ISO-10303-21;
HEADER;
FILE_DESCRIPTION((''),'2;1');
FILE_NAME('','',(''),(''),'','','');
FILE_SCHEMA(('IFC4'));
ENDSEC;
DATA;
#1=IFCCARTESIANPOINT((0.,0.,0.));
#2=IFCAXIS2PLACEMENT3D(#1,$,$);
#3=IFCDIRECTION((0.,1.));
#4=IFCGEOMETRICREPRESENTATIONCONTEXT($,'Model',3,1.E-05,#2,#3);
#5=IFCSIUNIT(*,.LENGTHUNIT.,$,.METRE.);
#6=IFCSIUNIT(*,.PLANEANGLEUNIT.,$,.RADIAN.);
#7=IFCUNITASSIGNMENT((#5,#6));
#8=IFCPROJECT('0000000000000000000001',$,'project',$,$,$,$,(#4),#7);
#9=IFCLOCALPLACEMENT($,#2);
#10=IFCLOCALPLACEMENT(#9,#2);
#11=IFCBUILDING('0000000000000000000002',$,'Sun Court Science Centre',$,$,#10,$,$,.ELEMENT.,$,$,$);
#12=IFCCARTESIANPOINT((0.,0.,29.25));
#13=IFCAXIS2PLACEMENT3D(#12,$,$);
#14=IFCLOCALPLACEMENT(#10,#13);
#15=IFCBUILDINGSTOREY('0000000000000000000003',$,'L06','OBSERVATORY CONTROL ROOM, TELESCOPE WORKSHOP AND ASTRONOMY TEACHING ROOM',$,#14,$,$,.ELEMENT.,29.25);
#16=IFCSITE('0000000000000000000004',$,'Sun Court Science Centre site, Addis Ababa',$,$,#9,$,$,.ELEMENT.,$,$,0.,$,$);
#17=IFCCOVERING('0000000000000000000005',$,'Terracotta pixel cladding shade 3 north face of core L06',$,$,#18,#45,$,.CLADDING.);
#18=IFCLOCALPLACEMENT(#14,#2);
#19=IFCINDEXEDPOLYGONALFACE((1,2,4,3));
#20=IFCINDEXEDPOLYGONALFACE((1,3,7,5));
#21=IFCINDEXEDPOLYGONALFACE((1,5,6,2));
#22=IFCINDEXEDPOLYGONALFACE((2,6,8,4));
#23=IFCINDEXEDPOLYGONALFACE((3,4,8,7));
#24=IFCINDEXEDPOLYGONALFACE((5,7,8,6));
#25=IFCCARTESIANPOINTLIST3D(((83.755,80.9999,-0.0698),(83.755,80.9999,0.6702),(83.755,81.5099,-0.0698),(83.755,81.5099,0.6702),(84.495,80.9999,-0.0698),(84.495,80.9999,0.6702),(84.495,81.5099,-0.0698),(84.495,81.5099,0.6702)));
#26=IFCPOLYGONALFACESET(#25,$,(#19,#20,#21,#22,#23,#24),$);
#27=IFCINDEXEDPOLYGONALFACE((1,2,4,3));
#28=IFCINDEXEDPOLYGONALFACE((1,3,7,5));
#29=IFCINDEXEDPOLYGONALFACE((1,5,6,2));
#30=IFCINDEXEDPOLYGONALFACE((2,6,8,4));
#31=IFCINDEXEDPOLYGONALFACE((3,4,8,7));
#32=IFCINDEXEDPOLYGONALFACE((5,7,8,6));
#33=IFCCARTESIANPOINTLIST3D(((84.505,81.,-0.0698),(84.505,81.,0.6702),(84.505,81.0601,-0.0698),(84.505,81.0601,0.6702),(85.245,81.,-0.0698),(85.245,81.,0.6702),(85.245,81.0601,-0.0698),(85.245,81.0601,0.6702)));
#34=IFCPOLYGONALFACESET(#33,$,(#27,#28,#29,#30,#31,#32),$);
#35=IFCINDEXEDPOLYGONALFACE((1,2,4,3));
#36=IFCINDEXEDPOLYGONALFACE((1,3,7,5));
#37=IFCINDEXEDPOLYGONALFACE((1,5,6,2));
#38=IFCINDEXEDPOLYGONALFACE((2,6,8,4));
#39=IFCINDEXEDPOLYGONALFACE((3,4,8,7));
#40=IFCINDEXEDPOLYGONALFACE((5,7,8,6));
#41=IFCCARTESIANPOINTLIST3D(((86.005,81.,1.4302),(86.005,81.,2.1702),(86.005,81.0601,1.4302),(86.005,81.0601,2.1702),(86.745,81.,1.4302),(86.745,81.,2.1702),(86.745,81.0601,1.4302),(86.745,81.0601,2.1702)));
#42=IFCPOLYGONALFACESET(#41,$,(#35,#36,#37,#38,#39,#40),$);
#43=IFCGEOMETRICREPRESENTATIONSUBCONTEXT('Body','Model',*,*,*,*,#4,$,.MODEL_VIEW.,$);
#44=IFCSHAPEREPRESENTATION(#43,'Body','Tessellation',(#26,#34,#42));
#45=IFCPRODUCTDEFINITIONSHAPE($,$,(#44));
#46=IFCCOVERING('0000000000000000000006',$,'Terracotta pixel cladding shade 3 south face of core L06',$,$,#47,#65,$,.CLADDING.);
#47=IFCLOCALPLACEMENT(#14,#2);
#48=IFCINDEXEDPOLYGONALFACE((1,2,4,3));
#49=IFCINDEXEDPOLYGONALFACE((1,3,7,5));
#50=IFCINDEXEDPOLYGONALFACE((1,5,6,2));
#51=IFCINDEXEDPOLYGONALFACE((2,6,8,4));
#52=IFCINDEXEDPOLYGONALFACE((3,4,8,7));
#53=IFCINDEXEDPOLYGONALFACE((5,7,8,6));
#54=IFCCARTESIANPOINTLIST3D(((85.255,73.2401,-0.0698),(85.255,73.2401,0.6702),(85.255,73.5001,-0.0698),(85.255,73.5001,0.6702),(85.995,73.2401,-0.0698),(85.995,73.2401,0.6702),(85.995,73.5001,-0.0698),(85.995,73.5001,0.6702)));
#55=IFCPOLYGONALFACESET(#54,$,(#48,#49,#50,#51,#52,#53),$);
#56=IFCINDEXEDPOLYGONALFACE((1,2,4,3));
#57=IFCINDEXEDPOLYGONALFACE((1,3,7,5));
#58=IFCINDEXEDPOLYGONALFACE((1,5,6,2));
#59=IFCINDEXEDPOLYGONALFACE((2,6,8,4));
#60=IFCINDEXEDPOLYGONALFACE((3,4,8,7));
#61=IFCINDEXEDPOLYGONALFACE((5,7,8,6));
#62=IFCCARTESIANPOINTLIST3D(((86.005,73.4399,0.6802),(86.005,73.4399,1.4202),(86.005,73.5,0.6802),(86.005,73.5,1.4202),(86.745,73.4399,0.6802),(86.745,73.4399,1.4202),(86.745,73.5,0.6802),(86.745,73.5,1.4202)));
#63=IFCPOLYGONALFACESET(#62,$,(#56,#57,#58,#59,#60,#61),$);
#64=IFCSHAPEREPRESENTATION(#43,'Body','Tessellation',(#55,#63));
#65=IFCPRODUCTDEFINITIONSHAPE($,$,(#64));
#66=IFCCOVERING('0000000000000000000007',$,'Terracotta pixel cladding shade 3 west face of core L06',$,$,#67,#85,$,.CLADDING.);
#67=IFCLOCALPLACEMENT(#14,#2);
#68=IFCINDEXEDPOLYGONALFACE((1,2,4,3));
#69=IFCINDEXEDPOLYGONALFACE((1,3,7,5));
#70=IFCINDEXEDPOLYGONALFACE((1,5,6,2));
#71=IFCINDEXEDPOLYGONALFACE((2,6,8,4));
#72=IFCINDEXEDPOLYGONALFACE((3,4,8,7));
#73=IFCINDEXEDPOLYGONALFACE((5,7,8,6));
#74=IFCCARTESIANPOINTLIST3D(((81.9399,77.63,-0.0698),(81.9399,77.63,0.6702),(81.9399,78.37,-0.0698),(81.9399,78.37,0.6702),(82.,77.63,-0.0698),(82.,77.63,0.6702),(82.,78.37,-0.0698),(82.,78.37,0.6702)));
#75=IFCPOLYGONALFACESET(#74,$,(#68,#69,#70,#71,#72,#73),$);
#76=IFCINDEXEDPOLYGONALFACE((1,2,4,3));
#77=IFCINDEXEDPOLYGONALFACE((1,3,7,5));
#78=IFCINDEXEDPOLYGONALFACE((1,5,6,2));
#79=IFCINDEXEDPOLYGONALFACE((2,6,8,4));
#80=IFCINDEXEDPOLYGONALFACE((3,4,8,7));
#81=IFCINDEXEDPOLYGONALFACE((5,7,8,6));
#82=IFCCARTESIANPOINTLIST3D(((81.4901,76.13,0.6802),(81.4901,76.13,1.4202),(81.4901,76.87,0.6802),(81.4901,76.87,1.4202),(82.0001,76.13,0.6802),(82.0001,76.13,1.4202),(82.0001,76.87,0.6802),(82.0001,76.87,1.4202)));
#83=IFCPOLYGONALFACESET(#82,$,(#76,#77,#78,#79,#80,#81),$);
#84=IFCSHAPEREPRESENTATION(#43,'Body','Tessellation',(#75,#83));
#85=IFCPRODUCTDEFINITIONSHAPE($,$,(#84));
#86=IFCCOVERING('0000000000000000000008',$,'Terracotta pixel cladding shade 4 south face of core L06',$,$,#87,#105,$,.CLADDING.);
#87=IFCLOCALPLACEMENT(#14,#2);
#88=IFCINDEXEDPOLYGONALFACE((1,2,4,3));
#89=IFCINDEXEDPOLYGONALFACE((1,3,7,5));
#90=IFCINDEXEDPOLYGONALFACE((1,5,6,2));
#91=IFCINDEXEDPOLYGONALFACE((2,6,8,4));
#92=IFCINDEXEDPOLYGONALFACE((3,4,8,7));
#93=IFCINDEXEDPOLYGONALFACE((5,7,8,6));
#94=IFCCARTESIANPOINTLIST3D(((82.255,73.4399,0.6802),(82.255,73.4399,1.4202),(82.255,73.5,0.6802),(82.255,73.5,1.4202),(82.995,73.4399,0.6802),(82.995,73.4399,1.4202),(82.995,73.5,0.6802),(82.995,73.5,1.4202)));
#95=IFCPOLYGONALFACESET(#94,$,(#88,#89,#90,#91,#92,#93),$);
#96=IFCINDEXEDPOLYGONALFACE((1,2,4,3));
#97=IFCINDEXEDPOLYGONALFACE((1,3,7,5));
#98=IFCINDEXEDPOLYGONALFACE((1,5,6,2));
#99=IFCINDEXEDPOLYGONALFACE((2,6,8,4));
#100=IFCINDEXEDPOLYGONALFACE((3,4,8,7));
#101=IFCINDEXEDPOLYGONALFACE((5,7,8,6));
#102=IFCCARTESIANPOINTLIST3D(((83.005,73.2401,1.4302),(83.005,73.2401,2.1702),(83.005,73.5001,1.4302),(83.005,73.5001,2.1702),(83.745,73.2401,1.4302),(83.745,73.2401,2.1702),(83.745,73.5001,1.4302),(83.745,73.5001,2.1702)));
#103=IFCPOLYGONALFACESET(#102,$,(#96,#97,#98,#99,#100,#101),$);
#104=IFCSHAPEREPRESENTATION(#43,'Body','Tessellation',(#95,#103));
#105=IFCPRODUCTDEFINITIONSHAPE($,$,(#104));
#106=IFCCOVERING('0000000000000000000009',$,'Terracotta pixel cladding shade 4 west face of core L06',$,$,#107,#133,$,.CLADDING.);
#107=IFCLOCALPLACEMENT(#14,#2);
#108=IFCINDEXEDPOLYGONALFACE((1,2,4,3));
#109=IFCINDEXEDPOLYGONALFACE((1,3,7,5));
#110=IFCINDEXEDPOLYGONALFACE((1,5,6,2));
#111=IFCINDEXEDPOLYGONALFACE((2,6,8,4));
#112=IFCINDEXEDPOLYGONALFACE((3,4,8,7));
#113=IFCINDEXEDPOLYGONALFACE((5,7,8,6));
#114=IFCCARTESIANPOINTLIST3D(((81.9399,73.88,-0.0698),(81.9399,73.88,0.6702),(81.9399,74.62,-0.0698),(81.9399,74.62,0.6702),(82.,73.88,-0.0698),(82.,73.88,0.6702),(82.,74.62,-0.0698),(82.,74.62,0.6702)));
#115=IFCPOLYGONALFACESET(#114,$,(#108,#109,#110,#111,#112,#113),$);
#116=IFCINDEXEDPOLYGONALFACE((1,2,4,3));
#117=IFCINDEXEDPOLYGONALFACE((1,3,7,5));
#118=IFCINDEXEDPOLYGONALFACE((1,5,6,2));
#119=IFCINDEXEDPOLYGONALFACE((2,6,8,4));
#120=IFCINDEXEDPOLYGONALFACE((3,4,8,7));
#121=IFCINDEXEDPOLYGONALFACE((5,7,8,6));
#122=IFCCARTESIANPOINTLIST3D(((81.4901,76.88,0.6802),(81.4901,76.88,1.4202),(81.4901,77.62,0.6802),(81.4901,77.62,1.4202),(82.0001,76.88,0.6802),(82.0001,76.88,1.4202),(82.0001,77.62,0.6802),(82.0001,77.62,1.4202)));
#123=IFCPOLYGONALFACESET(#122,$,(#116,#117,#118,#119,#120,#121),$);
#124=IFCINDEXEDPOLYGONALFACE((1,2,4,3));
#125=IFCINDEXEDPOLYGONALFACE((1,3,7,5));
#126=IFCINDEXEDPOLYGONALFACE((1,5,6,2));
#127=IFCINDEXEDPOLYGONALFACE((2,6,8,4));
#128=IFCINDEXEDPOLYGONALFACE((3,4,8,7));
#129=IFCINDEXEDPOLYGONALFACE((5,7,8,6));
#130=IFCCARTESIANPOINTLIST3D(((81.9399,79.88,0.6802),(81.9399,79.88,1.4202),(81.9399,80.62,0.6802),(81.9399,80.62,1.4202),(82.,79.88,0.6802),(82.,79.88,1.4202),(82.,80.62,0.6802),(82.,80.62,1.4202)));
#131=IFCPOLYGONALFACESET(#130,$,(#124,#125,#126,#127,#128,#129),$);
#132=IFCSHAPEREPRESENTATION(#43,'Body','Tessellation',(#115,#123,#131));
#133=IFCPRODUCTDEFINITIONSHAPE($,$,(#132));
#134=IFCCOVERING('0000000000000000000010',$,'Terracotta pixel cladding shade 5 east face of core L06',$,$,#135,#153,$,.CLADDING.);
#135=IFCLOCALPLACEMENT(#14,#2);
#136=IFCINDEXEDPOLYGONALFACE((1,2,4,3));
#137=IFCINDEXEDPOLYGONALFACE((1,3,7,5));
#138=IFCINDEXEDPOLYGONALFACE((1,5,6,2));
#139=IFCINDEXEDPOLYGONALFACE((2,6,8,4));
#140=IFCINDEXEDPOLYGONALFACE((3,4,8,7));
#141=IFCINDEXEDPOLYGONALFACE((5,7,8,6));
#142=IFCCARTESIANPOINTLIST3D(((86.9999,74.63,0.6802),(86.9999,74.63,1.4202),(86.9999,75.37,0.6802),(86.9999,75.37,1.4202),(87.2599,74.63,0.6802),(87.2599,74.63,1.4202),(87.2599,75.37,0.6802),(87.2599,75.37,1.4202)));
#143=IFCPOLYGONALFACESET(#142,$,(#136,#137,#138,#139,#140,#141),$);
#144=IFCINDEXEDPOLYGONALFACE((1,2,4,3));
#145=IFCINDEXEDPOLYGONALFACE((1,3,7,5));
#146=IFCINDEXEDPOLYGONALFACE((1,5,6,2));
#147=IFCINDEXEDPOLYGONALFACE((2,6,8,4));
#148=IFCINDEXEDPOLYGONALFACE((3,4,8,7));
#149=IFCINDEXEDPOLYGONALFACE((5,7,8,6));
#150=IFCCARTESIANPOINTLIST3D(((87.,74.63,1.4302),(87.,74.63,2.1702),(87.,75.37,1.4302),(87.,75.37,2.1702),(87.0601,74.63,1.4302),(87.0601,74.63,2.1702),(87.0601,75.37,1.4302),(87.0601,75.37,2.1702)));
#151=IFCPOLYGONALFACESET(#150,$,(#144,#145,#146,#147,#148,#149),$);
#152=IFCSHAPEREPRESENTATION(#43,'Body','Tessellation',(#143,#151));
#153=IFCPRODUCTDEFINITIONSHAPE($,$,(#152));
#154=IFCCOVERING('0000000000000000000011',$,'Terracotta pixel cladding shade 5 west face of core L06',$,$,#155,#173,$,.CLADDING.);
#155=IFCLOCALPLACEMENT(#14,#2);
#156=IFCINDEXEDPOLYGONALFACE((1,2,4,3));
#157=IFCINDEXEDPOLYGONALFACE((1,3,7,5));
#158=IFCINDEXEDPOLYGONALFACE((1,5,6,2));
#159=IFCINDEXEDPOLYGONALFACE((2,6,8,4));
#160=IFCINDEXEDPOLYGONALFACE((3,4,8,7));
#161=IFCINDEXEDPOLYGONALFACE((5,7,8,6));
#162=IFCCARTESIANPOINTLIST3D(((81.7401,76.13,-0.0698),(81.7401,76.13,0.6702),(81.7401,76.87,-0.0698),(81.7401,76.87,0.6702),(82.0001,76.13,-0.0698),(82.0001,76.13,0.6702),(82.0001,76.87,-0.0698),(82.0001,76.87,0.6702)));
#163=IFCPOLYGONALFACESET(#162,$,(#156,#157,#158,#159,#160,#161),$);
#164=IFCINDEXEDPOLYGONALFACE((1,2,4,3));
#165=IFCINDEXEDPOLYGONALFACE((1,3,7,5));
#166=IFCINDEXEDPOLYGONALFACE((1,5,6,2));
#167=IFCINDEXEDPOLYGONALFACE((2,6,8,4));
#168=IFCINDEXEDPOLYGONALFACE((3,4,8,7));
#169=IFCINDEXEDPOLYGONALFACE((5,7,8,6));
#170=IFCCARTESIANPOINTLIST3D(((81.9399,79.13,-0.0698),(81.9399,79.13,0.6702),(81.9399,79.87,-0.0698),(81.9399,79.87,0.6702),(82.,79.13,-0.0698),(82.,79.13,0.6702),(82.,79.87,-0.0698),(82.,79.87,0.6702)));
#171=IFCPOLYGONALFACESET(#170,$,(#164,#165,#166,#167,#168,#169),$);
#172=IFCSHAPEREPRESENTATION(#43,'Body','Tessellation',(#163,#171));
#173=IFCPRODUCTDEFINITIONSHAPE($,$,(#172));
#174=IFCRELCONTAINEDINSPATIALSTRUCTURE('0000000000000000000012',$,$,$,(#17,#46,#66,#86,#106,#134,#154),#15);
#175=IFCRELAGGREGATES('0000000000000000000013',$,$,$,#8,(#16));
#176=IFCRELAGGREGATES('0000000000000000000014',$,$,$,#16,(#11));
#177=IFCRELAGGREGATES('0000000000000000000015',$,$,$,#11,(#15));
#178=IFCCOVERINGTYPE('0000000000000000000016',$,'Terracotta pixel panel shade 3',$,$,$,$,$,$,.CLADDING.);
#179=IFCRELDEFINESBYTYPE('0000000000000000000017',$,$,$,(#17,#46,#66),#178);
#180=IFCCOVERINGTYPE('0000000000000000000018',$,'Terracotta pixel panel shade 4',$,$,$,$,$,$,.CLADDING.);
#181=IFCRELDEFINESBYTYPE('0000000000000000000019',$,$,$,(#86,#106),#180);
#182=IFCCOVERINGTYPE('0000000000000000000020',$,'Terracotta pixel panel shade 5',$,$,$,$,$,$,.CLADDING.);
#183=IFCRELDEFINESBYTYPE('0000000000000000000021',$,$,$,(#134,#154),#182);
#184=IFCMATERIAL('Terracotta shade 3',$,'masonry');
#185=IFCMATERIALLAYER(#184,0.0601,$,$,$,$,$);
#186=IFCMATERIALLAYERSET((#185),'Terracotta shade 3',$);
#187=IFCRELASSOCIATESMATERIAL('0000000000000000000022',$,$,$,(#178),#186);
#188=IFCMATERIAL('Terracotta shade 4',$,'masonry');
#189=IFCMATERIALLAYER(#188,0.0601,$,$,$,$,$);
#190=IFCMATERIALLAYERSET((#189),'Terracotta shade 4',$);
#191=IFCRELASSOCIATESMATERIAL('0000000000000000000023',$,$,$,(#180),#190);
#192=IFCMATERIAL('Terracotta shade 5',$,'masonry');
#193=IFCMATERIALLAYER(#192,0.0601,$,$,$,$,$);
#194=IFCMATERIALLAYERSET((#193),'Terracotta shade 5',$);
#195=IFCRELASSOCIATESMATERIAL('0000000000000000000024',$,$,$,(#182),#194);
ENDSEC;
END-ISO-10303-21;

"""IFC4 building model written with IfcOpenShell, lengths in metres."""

from ifc_helpers import new_model, si_unit, direction, frame, origin, origin_2d, place, context, subcontext, project, spatial, rectangle, extrude, material, layer, layer_set, type_object, element, save


model = new_model("IFC4")

# Units and contexts
model_context = context("Model", 3, precision=1e-05, world=origin(), true_north=direction((0.0, 1.0)))
body_context = subcontext(model_context, "Body", "Model", "MODEL_VIEW")
ifc_project = project(units=[si_unit("LENGTHUNIT", "METRE"), si_unit("PLANEANGLEUNIT", "RADIAN")], contexts=[model_context])

# Site, building, storey
site_placement = place(None, origin())
site = spatial("IfcSite", under=ifc_project, at=site_placement, Name="Sun Court Science Centre site, Addis Ababa", CompositionType="ELEMENT", RefElevation=0.0)
building_placement = place(site_placement, origin())
building = spatial("IfcBuilding", under=site, at=building_placement, Name="Sun Court Science Centre", CompositionType="ELEMENT")
storey_placement = place(building_placement, frame((0.0, 0.0, 29.25)))
storey = spatial("IfcBuildingStorey", under=building, at=storey_placement, Name="L06", Description="OBSERVATORY CONTROL ROOM, TELESCOPE WORKSHOP AND ASTRONOMY TEACHING ROOM", CompositionType="ELEMENT", Elevation=29.25)

# Coverings
ifc_material_1 = material(Name="Terracotta shade 3", Category="masonry")
ifc_layer_1 = layer(ifc_material_1, 0.0601)
ifc_layer_set_1 = layer_set([ifc_layer_1], Name="Terracotta shade 3")
covering_type_1 = type_object("IfcCoveringType", Name="Terracotta pixel panel shade 3", PredefinedType="CLADDING", material=ifc_layer_set_1)
covering_1_placement = place(storey_placement, frame((0.0, 0.0, -29.25)))
element("IfcCovering", 1, at=covering_1_placement, inside=storey, type_object=covering_type_1, Name="Terracotta pixel cladding shade 3 north face of core L06", PredefinedType="CLADDING", context=body_context, shape_type="SweptSolid", body=[
    extrude(rectangle(XDim=0.74, YDim=0.51, at=origin_2d()), frame((84.125, 81.2549, 29.1802), z_axis=(0.0, 0.0, 1.0), x_axis=(1.0, 0.0, 0.0)), (0.0, 0.0, 1.0), 0.74),
    extrude(rectangle(XDim=0.74, YDim=0.0601, at=origin_2d()), frame((84.875, 81.03, 29.1802), z_axis=(0.0, 0.0, 1.0), x_axis=(1.0, 0.0, 0.0)), (0.0, 0.0, 1.0), 0.74),
    extrude(rectangle(XDim=0.74, YDim=0.0601, at=origin_2d()), frame((86.375, 81.03, 30.6802), z_axis=(0.0, 0.0, 1.0), x_axis=(1.0, 0.0, 0.0)), (0.0, 0.0, 1.0), 0.74),
])
covering_2_placement = place(storey_placement, frame((0.0, 0.0, -29.25)))
element("IfcCovering", 2, at=covering_2_placement, inside=storey, type_object=covering_type_1, Name="Terracotta pixel cladding shade 3 south face of core L06", PredefinedType="CLADDING", context=body_context, shape_type="SweptSolid", body=[
    extrude(rectangle(XDim=0.74, YDim=0.26, at=origin_2d()), frame((85.625, 73.3701, 29.1802), z_axis=(0.0, 0.0, 1.0), x_axis=(-1.0, 0.0, 0.0)), (0.0, 0.0, 1.0), 0.74),
    extrude(rectangle(XDim=0.74, YDim=0.0601, at=origin_2d()), frame((86.375, 73.47, 29.9302), z_axis=(0.0, 0.0, 1.0), x_axis=(-1.0, 0.0, 0.0)), (0.0, 0.0, 1.0), 0.74),
])
covering_3_placement = place(storey_placement, frame((0.0, 0.0, -29.25)))
element("IfcCovering", 3, at=covering_3_placement, inside=storey, type_object=covering_type_1, Name="Terracotta pixel cladding shade 3 west face of core L06", PredefinedType="CLADDING", context=body_context, shape_type="SweptSolid", body=[
    extrude(rectangle(XDim=0.74, YDim=0.0601, at=origin_2d()), frame((81.97, 78.0, 29.1802), z_axis=(0.0, 0.0, 1.0), x_axis=(0.0, 1.0, 0.0)), (0.0, 0.0, 1.0), 0.74),
    extrude(rectangle(XDim=0.74, YDim=0.51, at=origin_2d()), frame((81.7451, 76.5, 29.9302), z_axis=(0.0, 0.0, 1.0), x_axis=(0.0, 1.0, 0.0)), (0.0, 0.0, 1.0), 0.74),
])
ifc_material_2 = material(Name="Terracotta shade 4", Category="masonry")
ifc_layer_2 = layer(ifc_material_2, 0.0601)
ifc_layer_set_2 = layer_set([ifc_layer_2], Name="Terracotta shade 4")
covering_type_2 = type_object("IfcCoveringType", Name="Terracotta pixel panel shade 4", PredefinedType="CLADDING", material=ifc_layer_set_2)
covering_4_placement = place(storey_placement, frame((0.0, 0.0, -29.25)))
element("IfcCovering", 4, at=covering_4_placement, inside=storey, type_object=covering_type_2, Name="Terracotta pixel cladding shade 4 south face of core L06", PredefinedType="CLADDING", context=body_context, shape_type="SweptSolid", body=[
    extrude(rectangle(XDim=0.74, YDim=0.0601, at=origin_2d()), frame((82.625, 73.47, 29.9302), z_axis=(0.0, 0.0, 1.0), x_axis=(-1.0, 0.0, 0.0)), (0.0, 0.0, 1.0), 0.74),
    extrude(rectangle(XDim=0.74, YDim=0.26, at=origin_2d()), frame((83.375, 73.3701, 30.6802), z_axis=(0.0, 0.0, 1.0), x_axis=(-1.0, 0.0, 0.0)), (0.0, 0.0, 1.0), 0.74),
])
covering_5_placement = place(storey_placement, frame((0.0, 0.0, -29.25)))
element("IfcCovering", 5, at=covering_5_placement, inside=storey, type_object=covering_type_2, Name="Terracotta pixel cladding shade 4 west face of core L06", PredefinedType="CLADDING", context=body_context, shape_type="SweptSolid", body=[
    extrude(rectangle(XDim=0.74, YDim=0.0601, at=origin_2d()), frame((81.97, 74.25, 29.1802), z_axis=(0.0, 0.0, 1.0), x_axis=(0.0, 1.0, 0.0)), (0.0, 0.0, 1.0), 0.74),
    extrude(rectangle(XDim=0.74, YDim=0.51, at=origin_2d()), frame((81.7451, 77.25, 29.9302), z_axis=(0.0, 0.0, 1.0), x_axis=(0.0, 1.0, 0.0)), (0.0, 0.0, 1.0), 0.74),
    extrude(rectangle(XDim=0.74, YDim=0.0601, at=origin_2d()), frame((81.97, 80.25, 29.9302), z_axis=(0.0, 0.0, 1.0), x_axis=(0.0, 1.0, 0.0)), (0.0, 0.0, 1.0), 0.74),
])
ifc_material_3 = material(Name="Terracotta shade 5", Category="masonry")
ifc_layer_3 = layer(ifc_material_3, 0.0601)
ifc_layer_set_3 = layer_set([ifc_layer_3], Name="Terracotta shade 5")
covering_type_3 = type_object("IfcCoveringType", Name="Terracotta pixel panel shade 5", PredefinedType="CLADDING", material=ifc_layer_set_3)
covering_6_placement = place(storey_placement, frame((0.0, 0.0, -29.25)))
element("IfcCovering", 6, at=covering_6_placement, inside=storey, type_object=covering_type_3, Name="Terracotta pixel cladding shade 5 east face of core L06", PredefinedType="CLADDING", context=body_context, shape_type="SweptSolid", body=[
    extrude(rectangle(XDim=0.74, YDim=0.26, at=origin_2d()), frame((87.1299, 75.0, 29.9302), z_axis=(0.0, 0.0, 1.0), x_axis=(0.0, -1.0, 0.0)), (0.0, 0.0, 1.0), 0.74),
    extrude(rectangle(XDim=0.74, YDim=0.0601, at=origin_2d()), frame((87.03, 75.0, 30.6802), z_axis=(0.0, 0.0, 1.0), x_axis=(0.0, -1.0, 0.0)), (0.0, 0.0, 1.0), 0.74),
])
covering_7_placement = place(storey_placement, frame((0.0, 0.0, -29.25)))
element("IfcCovering", 7, at=covering_7_placement, inside=storey, type_object=covering_type_3, Name="Terracotta pixel cladding shade 5 west face of core L06", PredefinedType="CLADDING", context=body_context, shape_type="SweptSolid", body=[
    extrude(rectangle(XDim=0.74, YDim=0.26, at=origin_2d()), frame((81.8701, 76.5, 29.1802), z_axis=(0.0, 0.0, 1.0), x_axis=(0.0, 1.0, 0.0)), (0.0, 0.0, 1.0), 0.74),
    extrude(rectangle(XDim=0.74, YDim=0.0601, at=origin_2d()), frame((81.97, 79.5, 29.1802), z_axis=(0.0, 0.0, 1.0), x_axis=(0.0, 1.0, 0.0)), (0.0, 0.0, 1.0), 0.74),
])

save(model, "model.ifc")
